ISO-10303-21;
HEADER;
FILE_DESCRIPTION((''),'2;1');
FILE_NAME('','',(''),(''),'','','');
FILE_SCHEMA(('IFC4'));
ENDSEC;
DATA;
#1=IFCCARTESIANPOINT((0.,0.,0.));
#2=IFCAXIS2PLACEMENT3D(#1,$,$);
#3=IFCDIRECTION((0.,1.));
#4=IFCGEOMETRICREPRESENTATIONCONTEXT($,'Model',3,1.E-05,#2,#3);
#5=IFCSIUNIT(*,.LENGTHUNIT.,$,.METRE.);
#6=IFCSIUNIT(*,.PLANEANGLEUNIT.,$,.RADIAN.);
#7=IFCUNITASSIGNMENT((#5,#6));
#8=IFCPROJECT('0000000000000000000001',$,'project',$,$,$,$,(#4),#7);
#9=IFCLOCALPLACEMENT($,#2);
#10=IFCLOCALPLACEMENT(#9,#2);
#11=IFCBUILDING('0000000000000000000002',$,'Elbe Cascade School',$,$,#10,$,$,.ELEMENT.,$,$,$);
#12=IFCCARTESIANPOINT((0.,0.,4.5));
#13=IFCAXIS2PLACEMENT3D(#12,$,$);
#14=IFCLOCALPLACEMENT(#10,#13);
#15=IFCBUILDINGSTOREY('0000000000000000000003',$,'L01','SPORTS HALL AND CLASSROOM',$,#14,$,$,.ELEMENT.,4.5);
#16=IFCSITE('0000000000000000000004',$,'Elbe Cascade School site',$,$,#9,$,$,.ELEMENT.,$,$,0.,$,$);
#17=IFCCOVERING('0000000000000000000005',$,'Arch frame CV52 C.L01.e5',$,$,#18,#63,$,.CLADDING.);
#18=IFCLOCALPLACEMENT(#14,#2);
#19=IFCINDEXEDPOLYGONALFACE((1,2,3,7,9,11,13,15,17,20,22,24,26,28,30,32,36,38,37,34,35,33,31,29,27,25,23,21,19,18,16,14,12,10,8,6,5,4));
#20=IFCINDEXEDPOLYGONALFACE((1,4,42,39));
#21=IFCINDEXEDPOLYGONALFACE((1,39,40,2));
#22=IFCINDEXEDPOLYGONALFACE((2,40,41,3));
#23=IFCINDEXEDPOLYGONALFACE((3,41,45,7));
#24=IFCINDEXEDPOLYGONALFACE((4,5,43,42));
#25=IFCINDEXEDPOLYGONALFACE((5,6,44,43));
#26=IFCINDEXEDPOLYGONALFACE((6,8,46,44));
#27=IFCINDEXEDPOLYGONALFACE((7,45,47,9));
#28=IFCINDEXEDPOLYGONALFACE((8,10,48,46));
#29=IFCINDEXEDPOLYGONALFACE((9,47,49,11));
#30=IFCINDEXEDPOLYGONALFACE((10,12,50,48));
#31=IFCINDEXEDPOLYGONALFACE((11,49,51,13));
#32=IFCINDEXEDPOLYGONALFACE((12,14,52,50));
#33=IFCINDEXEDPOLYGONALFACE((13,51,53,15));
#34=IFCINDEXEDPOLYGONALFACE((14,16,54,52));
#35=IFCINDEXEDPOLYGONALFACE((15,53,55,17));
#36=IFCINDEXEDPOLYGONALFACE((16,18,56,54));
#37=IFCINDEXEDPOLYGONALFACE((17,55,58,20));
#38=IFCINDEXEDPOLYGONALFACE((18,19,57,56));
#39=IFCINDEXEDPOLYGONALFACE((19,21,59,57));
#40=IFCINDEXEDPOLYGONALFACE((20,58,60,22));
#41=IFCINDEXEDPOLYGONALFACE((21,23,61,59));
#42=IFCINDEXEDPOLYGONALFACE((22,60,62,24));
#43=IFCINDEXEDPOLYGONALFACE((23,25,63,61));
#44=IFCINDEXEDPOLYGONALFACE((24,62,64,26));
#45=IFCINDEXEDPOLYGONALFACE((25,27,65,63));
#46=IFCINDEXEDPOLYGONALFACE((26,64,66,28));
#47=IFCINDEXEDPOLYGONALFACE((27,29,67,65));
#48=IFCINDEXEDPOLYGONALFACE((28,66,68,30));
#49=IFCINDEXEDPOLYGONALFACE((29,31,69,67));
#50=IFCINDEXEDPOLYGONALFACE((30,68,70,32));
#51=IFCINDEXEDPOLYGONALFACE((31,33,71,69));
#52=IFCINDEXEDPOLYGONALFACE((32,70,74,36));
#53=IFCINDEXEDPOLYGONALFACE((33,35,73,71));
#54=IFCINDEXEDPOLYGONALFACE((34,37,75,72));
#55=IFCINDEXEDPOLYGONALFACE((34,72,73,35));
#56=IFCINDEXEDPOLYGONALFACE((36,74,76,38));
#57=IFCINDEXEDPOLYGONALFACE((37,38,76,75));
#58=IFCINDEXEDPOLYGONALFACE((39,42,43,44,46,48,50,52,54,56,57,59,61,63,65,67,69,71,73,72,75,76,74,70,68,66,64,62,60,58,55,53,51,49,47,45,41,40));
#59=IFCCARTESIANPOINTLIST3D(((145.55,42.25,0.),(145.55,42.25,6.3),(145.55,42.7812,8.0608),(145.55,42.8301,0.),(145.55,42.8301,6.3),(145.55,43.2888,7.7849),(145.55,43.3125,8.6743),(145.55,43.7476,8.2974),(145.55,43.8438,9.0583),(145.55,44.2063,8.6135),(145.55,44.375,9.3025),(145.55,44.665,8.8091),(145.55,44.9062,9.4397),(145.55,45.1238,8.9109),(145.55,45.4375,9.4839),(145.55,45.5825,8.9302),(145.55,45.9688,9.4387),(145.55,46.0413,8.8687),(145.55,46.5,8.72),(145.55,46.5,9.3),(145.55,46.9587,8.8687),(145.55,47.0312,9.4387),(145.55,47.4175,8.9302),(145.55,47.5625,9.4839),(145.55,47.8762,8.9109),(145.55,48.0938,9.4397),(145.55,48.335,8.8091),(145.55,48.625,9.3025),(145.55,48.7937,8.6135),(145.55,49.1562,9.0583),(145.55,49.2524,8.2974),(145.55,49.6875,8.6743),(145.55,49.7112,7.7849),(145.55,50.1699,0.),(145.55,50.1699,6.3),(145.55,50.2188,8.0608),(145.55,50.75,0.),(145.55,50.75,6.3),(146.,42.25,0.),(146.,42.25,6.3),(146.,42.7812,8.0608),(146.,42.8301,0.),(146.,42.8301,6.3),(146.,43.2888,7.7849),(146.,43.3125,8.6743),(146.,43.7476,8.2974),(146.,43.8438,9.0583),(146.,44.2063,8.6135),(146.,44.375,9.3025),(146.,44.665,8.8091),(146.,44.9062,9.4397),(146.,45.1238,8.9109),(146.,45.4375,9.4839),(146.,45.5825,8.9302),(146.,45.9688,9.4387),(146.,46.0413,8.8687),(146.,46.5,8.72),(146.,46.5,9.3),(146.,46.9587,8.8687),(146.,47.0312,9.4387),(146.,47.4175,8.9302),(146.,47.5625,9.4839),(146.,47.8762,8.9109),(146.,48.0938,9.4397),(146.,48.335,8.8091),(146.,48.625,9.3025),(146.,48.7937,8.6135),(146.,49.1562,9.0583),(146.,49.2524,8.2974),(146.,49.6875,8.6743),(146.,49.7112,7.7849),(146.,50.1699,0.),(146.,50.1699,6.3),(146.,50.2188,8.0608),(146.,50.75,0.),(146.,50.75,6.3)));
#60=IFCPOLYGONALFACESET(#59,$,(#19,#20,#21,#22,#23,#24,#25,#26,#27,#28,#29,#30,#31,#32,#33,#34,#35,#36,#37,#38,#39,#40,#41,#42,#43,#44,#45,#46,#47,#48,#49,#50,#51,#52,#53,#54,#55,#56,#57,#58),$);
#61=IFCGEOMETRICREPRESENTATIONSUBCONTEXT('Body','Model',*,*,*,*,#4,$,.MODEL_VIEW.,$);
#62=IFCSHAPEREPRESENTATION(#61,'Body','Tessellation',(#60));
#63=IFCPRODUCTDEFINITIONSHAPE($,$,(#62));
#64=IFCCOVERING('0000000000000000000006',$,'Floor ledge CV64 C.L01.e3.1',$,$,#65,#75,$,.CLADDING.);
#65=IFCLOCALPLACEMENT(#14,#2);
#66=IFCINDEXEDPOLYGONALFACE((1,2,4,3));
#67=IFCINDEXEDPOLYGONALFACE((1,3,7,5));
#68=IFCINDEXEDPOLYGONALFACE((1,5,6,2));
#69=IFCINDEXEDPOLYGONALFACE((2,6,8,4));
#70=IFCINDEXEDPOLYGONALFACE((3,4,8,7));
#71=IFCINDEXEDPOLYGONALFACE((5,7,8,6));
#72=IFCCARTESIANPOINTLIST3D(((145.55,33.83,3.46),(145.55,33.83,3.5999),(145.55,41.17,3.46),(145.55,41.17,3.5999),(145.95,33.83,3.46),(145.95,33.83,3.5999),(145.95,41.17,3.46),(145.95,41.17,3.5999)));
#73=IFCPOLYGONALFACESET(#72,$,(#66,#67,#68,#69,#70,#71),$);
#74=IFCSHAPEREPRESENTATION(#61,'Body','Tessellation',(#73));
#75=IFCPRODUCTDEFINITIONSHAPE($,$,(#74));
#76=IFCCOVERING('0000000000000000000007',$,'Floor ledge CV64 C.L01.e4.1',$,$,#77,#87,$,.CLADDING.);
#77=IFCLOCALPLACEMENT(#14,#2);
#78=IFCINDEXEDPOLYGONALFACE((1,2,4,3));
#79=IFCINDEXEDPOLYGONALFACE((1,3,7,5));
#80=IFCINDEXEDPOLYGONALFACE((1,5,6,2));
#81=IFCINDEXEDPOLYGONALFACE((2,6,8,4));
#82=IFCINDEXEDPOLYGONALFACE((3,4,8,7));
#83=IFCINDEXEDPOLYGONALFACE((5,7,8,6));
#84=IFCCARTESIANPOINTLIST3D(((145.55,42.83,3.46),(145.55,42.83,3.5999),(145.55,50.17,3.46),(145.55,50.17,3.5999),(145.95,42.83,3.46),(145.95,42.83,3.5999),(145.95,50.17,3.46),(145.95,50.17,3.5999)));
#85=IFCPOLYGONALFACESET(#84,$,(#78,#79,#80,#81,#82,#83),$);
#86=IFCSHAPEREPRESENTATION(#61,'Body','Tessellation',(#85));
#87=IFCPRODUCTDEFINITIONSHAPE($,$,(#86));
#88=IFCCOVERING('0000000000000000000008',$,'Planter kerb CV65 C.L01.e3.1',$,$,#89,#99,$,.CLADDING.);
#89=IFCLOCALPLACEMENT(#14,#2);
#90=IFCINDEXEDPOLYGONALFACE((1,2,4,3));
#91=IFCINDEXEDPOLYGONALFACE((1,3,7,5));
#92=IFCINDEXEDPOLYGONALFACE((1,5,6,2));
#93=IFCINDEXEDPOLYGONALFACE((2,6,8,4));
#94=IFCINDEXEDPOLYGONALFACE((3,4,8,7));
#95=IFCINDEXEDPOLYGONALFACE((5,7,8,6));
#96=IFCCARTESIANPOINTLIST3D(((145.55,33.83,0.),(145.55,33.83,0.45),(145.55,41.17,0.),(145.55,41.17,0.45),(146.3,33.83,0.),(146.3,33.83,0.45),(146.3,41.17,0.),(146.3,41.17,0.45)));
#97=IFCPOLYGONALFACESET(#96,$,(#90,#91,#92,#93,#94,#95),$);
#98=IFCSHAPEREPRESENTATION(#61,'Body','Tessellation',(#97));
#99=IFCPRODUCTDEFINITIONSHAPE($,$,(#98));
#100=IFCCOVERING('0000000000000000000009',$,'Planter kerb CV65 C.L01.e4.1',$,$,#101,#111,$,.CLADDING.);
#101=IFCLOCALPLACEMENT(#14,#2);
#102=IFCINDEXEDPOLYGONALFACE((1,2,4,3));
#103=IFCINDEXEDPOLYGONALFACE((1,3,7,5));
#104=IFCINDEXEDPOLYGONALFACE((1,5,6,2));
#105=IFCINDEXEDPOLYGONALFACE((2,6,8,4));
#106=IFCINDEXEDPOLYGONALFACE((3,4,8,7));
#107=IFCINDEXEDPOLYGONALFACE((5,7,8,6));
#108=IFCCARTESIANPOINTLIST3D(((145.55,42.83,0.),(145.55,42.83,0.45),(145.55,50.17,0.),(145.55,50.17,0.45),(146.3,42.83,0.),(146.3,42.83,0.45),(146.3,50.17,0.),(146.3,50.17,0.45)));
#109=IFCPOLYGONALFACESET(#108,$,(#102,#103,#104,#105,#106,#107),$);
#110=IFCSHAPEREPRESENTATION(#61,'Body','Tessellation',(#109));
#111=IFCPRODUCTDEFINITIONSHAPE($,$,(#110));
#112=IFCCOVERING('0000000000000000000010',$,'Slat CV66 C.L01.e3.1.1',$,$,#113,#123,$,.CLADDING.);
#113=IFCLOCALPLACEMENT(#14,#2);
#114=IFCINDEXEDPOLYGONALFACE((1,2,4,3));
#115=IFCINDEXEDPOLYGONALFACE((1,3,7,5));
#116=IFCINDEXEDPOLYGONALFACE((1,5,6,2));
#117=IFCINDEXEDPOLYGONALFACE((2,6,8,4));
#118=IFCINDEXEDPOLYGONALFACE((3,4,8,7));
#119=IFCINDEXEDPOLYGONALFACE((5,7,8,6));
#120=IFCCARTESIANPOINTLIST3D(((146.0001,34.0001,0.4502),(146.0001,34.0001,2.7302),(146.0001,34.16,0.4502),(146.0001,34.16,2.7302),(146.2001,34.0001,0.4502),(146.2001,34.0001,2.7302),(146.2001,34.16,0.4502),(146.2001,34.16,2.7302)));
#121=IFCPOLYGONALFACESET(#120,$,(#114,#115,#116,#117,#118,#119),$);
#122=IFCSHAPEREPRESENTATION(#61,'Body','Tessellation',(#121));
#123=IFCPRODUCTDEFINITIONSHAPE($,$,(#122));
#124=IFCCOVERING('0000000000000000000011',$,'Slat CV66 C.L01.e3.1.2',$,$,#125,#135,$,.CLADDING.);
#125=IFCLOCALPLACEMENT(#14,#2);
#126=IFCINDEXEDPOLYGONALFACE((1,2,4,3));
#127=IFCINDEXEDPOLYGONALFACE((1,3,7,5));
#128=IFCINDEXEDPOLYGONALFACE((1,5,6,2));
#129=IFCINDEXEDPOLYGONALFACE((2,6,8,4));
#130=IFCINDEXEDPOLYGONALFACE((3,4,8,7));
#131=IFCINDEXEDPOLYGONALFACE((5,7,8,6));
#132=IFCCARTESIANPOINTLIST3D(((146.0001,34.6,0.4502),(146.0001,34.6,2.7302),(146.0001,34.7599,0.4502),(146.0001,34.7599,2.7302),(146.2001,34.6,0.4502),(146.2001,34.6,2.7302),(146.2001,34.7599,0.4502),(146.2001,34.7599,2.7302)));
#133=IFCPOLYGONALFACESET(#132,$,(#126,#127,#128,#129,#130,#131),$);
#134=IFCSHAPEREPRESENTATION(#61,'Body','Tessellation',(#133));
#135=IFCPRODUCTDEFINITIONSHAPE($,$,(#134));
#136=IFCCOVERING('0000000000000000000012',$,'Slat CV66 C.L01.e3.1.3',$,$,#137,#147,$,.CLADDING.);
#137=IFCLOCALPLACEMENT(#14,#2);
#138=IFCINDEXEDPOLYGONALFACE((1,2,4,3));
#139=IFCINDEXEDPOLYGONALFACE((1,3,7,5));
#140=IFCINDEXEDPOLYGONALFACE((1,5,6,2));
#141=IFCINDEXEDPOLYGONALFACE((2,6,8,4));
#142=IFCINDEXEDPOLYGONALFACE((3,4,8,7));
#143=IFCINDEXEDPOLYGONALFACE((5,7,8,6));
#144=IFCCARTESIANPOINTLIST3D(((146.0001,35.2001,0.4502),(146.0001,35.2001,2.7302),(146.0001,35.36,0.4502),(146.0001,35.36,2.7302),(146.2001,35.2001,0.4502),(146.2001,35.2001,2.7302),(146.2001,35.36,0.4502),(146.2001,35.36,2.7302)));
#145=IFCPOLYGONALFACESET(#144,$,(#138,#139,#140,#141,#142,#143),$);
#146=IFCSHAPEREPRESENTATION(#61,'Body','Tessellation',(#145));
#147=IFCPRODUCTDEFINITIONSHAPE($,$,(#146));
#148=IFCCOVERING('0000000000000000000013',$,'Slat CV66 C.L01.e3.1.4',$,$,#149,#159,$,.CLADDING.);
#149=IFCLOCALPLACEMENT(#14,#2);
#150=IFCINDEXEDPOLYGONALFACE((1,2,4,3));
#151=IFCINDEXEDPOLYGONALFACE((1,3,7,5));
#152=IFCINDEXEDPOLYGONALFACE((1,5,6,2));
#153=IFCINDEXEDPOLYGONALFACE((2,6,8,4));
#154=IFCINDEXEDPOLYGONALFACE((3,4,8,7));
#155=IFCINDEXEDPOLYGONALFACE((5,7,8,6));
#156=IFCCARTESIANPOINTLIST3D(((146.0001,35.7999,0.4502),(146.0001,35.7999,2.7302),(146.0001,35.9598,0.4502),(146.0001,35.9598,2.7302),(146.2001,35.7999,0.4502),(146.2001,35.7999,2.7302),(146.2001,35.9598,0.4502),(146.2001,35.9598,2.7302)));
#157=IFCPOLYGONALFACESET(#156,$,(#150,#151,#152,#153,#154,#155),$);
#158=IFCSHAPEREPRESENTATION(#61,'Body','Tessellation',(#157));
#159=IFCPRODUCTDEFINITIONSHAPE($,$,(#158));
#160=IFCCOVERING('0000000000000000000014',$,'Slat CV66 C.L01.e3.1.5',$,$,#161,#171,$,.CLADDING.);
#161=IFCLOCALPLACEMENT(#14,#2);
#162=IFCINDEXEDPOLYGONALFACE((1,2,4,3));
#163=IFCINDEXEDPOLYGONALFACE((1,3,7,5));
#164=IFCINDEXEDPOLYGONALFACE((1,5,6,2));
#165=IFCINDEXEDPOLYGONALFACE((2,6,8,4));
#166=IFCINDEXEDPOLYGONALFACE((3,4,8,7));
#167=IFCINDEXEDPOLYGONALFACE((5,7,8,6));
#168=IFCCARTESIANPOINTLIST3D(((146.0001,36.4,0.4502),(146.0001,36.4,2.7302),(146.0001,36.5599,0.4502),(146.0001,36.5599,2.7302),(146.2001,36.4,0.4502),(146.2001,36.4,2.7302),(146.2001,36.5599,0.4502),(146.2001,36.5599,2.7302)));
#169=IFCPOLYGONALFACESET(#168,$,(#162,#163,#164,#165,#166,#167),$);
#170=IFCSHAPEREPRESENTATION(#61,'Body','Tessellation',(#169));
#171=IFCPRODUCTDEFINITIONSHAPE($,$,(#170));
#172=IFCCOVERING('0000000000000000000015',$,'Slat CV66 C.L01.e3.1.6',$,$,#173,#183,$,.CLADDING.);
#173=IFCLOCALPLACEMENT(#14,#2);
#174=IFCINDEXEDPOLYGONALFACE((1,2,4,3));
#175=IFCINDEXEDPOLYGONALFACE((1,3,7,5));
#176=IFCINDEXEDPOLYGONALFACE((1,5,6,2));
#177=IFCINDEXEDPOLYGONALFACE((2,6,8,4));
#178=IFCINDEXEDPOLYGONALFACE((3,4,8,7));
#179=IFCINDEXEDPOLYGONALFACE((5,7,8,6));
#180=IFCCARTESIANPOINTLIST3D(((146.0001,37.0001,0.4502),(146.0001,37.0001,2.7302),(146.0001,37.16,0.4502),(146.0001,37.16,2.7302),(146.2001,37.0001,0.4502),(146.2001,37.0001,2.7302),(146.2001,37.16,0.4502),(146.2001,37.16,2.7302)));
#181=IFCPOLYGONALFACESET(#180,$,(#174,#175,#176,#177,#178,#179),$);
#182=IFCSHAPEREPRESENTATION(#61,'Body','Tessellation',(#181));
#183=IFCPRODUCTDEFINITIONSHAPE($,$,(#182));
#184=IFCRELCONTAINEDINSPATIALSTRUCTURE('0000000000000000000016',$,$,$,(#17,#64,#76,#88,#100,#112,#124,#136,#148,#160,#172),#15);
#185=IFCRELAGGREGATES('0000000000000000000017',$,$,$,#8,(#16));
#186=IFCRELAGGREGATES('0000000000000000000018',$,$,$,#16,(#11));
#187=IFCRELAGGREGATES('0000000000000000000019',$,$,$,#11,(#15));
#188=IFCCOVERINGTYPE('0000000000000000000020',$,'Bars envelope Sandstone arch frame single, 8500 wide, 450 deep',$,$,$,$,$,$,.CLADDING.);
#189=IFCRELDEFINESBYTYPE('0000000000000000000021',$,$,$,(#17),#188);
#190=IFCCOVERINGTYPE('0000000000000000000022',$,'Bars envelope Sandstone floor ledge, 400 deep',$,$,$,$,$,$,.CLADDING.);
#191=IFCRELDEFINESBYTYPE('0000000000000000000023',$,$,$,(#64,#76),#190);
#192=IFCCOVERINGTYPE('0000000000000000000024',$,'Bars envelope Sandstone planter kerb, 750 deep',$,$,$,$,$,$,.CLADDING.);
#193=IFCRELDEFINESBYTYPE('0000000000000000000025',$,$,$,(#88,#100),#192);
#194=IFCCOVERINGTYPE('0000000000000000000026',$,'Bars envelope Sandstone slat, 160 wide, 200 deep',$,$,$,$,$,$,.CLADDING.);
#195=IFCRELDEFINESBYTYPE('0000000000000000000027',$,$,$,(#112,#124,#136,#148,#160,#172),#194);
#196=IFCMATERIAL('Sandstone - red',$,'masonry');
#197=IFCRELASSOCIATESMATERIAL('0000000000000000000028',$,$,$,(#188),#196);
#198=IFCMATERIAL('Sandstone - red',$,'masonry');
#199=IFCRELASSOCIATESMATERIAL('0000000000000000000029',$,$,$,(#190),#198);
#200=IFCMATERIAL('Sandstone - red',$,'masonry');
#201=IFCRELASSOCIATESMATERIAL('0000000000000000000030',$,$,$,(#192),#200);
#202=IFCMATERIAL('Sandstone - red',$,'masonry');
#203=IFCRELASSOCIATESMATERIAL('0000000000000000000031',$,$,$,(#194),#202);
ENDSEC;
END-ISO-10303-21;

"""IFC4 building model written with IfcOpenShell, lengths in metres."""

from ifc_helpers import new_model, si_unit, direction, frame, origin, origin_2d, place, context, subcontext, project, spatial, polyline, rectangle, outline, extrude, material, type_object, element, save


model = new_model("IFC4")

# Units and contexts
model_context = context("Model", 3, precision=1e-05, world=origin(), true_north=direction((0.0, 1.0)))
body_context = subcontext(model_context, "Body", "Model", "MODEL_VIEW")
ifc_project = project(units=[si_unit("LENGTHUNIT", "METRE"), si_unit("PLANEANGLEUNIT", "RADIAN")], contexts=[model_context])

# Site, building, storey
site_placement = place(None, origin())
site = spatial("IfcSite", under=ifc_project, at=site_placement, Name="Elbe Cascade School site", CompositionType="ELEMENT", RefElevation=0.0)
building_placement = place(site_placement, origin())
building = spatial("IfcBuilding", under=site, at=building_placement, Name="Elbe Cascade School", CompositionType="ELEMENT")
storey_placement = place(building_placement, frame((0.0, 0.0, 4.5)))
storey = spatial("IfcBuildingStorey", under=building, at=storey_placement, Name="L01", Description="SPORTS HALL AND CLASSROOM", CompositionType="ELEMENT", Elevation=4.5)

# Coverings
ifc_material_1 = material(Name="Sandstone - red", Category="masonry")
covering_type_1 = type_object("IfcCoveringType", Name="Bars envelope Sandstone arch frame single, 8500 wide, 450 deep", PredefinedType="CLADDING", material=ifc_material_1)
for number, where, z_axis, x_axis, name in (
    (1, (146.0, 42.8301, 0.0), (1.0, 0.0, 0.0), (0.0, 0.0, 1.0), "Arch frame CV52 C.L01.e5"),
):
    element("IfcCovering", number, at=place(storey_placement, frame(where, z_axis=z_axis, x_axis=x_axis)), inside=storey, type_object=covering_type_1, Name=name, PredefinedType="CLADDING", context=body_context, shape_type="SweptSolid", body=[
        extrude(outline(polyline([(0.0, 0.0), (6.3, 0.0), (7.7849, -0.4587), (8.2974, -0.9175), (8.6135, -1.3762), (8.8091, -1.835), (8.9109, -2.2937), (8.9302, -2.7524), (8.8687, -3.2112), (8.72, -3.6699), (8.8687, -4.1287), (8.9302, -4.5874), (8.9109, -5.0461), (8.8091, -5.5049), (8.6135, -5.9636), (8.2974, -6.4224), (7.7849, -6.8811), (6.3, -7.3398), (0.0, -7.3398), (0.0, -7.9199), (6.3, -7.9199), (8.0608, -7.3887), (8.6743, -6.8574), (9.0583, -6.3262), (9.3025, -5.7949), (9.4397, -5.2637), (9.4839, -4.7324), (9.4387, -4.2012), (9.3, -3.6699), (9.4387, -3.1387), (9.4839, -2.6074), (9.4397, -2.0762), (9.3025, -1.5449), (9.0583, -1.0137), (8.6743, -0.4824), (8.0608, 0.0488), (6.3, 0.5801), (0.0, 0.5801), (0.0, 0.0)])), origin(), (0.0, 0.0, -1.0), 0.45),
    ])
ifc_material_2 = material(Name="Sandstone - red", Category="masonry")
covering_type_2 = type_object("IfcCoveringType", Name="Bars envelope Sandstone floor ledge, 400 deep", PredefinedType="CLADDING", material=ifc_material_2)
for number, where, z_axis, x_axis, name in (
    (2, (145.75, 37.5, 3.46), (0.0, 0.0, 1.0), (0.0, 1.0, 0.0), "Floor ledge CV64 C.L01.e3.1"),
    (3, (145.75, 46.5, 3.46), (0.0, 0.0, 1.0), (0.0, 1.0, 0.0), "Floor ledge CV64 C.L01.e4.1"),
):
    element("IfcCovering", number, at=place(storey_placement, frame(where, z_axis=z_axis, x_axis=x_axis)), inside=storey, type_object=covering_type_2, Name=name, PredefinedType="CLADDING", context=body_context, shape_type="SweptSolid", body=[
        extrude(rectangle(XDim=7.3401, YDim=0.3999, at=origin_2d()), origin(), (0.0, 0.0, 1.0), 0.1399),
    ])
ifc_material_3 = material(Name="Sandstone - red", Category="masonry")
covering_type_3 = type_object("IfcCoveringType", Name="Bars envelope Sandstone planter kerb, 750 deep", PredefinedType="CLADDING", material=ifc_material_3)
for number, where, z_axis, x_axis, name in (
    (4, (145.925, 37.5, 0.0), (0.0, 0.0, 1.0), (0.0, 1.0, 0.0), "Planter kerb CV65 C.L01.e3.1"),
    (5, (145.925, 46.5, 0.0), (0.0, 0.0, 1.0), (0.0, 1.0, 0.0), "Planter kerb CV65 C.L01.e4.1"),
):
    element("IfcCovering", number, at=place(storey_placement, frame(where, z_axis=z_axis, x_axis=x_axis)), inside=storey, type_object=covering_type_3, Name=name, PredefinedType="CLADDING", context=body_context, shape_type="SweptSolid", body=[
        extrude(rectangle(XDim=7.3401, YDim=0.75, at=origin_2d()), origin(), (0.0, 0.0, 1.0), 0.45),
    ])
ifc_material_4 = material(Name="Sandstone - red", Category="masonry")
covering_type_4 = type_object("IfcCoveringType", Name="Bars envelope Sandstone slat, 160 wide, 200 deep", PredefinedType="CLADDING", material=ifc_material_4)
for number, where, z_axis, x_axis, name in (
    (6, (146.1001, 34.0801, 0.4502), (0.0, 0.0, 1.0), (0.0, 1.0, 0.0), "Slat CV66 C.L01.e3.1.1"),
    (7, (146.1001, 34.6799, 0.4502), (0.0, 0.0, 1.0), (0.0, 1.0, 0.0), "Slat CV66 C.L01.e3.1.2"),
    (8, (146.1001, 35.28, 0.4502), (0.0, 0.0, 1.0), (0.0, 1.0, 0.0), "Slat CV66 C.L01.e3.1.3"),
    (9, (146.1001, 35.8799, 0.4502), (0.0, 0.0, 1.0), (0.0, 1.0, 0.0), "Slat CV66 C.L01.e3.1.4"),
    (10, (146.1001, 36.48, 0.4502), (0.0, 0.0, 1.0), (0.0, 1.0, 0.0), "Slat CV66 C.L01.e3.1.5"),
    (11, (146.1001, 37.0801, 0.4502), (0.0, 0.0, 1.0), (0.0, 1.0, 0.0), "Slat CV66 C.L01.e3.1.6"),
):
    element("IfcCovering", number, at=place(storey_placement, frame(where, z_axis=z_axis, x_axis=x_axis)), inside=storey, type_object=covering_type_4, Name=name, PredefinedType="CLADDING", context=body_context, shape_type="SweptSolid", body=[
        extrude(rectangle(XDim=0.1599, YDim=0.2, at=origin_2d()), origin(), (0.0, 0.0, 1.0), 2.28),
    ])

save(model, "model.ifc")
